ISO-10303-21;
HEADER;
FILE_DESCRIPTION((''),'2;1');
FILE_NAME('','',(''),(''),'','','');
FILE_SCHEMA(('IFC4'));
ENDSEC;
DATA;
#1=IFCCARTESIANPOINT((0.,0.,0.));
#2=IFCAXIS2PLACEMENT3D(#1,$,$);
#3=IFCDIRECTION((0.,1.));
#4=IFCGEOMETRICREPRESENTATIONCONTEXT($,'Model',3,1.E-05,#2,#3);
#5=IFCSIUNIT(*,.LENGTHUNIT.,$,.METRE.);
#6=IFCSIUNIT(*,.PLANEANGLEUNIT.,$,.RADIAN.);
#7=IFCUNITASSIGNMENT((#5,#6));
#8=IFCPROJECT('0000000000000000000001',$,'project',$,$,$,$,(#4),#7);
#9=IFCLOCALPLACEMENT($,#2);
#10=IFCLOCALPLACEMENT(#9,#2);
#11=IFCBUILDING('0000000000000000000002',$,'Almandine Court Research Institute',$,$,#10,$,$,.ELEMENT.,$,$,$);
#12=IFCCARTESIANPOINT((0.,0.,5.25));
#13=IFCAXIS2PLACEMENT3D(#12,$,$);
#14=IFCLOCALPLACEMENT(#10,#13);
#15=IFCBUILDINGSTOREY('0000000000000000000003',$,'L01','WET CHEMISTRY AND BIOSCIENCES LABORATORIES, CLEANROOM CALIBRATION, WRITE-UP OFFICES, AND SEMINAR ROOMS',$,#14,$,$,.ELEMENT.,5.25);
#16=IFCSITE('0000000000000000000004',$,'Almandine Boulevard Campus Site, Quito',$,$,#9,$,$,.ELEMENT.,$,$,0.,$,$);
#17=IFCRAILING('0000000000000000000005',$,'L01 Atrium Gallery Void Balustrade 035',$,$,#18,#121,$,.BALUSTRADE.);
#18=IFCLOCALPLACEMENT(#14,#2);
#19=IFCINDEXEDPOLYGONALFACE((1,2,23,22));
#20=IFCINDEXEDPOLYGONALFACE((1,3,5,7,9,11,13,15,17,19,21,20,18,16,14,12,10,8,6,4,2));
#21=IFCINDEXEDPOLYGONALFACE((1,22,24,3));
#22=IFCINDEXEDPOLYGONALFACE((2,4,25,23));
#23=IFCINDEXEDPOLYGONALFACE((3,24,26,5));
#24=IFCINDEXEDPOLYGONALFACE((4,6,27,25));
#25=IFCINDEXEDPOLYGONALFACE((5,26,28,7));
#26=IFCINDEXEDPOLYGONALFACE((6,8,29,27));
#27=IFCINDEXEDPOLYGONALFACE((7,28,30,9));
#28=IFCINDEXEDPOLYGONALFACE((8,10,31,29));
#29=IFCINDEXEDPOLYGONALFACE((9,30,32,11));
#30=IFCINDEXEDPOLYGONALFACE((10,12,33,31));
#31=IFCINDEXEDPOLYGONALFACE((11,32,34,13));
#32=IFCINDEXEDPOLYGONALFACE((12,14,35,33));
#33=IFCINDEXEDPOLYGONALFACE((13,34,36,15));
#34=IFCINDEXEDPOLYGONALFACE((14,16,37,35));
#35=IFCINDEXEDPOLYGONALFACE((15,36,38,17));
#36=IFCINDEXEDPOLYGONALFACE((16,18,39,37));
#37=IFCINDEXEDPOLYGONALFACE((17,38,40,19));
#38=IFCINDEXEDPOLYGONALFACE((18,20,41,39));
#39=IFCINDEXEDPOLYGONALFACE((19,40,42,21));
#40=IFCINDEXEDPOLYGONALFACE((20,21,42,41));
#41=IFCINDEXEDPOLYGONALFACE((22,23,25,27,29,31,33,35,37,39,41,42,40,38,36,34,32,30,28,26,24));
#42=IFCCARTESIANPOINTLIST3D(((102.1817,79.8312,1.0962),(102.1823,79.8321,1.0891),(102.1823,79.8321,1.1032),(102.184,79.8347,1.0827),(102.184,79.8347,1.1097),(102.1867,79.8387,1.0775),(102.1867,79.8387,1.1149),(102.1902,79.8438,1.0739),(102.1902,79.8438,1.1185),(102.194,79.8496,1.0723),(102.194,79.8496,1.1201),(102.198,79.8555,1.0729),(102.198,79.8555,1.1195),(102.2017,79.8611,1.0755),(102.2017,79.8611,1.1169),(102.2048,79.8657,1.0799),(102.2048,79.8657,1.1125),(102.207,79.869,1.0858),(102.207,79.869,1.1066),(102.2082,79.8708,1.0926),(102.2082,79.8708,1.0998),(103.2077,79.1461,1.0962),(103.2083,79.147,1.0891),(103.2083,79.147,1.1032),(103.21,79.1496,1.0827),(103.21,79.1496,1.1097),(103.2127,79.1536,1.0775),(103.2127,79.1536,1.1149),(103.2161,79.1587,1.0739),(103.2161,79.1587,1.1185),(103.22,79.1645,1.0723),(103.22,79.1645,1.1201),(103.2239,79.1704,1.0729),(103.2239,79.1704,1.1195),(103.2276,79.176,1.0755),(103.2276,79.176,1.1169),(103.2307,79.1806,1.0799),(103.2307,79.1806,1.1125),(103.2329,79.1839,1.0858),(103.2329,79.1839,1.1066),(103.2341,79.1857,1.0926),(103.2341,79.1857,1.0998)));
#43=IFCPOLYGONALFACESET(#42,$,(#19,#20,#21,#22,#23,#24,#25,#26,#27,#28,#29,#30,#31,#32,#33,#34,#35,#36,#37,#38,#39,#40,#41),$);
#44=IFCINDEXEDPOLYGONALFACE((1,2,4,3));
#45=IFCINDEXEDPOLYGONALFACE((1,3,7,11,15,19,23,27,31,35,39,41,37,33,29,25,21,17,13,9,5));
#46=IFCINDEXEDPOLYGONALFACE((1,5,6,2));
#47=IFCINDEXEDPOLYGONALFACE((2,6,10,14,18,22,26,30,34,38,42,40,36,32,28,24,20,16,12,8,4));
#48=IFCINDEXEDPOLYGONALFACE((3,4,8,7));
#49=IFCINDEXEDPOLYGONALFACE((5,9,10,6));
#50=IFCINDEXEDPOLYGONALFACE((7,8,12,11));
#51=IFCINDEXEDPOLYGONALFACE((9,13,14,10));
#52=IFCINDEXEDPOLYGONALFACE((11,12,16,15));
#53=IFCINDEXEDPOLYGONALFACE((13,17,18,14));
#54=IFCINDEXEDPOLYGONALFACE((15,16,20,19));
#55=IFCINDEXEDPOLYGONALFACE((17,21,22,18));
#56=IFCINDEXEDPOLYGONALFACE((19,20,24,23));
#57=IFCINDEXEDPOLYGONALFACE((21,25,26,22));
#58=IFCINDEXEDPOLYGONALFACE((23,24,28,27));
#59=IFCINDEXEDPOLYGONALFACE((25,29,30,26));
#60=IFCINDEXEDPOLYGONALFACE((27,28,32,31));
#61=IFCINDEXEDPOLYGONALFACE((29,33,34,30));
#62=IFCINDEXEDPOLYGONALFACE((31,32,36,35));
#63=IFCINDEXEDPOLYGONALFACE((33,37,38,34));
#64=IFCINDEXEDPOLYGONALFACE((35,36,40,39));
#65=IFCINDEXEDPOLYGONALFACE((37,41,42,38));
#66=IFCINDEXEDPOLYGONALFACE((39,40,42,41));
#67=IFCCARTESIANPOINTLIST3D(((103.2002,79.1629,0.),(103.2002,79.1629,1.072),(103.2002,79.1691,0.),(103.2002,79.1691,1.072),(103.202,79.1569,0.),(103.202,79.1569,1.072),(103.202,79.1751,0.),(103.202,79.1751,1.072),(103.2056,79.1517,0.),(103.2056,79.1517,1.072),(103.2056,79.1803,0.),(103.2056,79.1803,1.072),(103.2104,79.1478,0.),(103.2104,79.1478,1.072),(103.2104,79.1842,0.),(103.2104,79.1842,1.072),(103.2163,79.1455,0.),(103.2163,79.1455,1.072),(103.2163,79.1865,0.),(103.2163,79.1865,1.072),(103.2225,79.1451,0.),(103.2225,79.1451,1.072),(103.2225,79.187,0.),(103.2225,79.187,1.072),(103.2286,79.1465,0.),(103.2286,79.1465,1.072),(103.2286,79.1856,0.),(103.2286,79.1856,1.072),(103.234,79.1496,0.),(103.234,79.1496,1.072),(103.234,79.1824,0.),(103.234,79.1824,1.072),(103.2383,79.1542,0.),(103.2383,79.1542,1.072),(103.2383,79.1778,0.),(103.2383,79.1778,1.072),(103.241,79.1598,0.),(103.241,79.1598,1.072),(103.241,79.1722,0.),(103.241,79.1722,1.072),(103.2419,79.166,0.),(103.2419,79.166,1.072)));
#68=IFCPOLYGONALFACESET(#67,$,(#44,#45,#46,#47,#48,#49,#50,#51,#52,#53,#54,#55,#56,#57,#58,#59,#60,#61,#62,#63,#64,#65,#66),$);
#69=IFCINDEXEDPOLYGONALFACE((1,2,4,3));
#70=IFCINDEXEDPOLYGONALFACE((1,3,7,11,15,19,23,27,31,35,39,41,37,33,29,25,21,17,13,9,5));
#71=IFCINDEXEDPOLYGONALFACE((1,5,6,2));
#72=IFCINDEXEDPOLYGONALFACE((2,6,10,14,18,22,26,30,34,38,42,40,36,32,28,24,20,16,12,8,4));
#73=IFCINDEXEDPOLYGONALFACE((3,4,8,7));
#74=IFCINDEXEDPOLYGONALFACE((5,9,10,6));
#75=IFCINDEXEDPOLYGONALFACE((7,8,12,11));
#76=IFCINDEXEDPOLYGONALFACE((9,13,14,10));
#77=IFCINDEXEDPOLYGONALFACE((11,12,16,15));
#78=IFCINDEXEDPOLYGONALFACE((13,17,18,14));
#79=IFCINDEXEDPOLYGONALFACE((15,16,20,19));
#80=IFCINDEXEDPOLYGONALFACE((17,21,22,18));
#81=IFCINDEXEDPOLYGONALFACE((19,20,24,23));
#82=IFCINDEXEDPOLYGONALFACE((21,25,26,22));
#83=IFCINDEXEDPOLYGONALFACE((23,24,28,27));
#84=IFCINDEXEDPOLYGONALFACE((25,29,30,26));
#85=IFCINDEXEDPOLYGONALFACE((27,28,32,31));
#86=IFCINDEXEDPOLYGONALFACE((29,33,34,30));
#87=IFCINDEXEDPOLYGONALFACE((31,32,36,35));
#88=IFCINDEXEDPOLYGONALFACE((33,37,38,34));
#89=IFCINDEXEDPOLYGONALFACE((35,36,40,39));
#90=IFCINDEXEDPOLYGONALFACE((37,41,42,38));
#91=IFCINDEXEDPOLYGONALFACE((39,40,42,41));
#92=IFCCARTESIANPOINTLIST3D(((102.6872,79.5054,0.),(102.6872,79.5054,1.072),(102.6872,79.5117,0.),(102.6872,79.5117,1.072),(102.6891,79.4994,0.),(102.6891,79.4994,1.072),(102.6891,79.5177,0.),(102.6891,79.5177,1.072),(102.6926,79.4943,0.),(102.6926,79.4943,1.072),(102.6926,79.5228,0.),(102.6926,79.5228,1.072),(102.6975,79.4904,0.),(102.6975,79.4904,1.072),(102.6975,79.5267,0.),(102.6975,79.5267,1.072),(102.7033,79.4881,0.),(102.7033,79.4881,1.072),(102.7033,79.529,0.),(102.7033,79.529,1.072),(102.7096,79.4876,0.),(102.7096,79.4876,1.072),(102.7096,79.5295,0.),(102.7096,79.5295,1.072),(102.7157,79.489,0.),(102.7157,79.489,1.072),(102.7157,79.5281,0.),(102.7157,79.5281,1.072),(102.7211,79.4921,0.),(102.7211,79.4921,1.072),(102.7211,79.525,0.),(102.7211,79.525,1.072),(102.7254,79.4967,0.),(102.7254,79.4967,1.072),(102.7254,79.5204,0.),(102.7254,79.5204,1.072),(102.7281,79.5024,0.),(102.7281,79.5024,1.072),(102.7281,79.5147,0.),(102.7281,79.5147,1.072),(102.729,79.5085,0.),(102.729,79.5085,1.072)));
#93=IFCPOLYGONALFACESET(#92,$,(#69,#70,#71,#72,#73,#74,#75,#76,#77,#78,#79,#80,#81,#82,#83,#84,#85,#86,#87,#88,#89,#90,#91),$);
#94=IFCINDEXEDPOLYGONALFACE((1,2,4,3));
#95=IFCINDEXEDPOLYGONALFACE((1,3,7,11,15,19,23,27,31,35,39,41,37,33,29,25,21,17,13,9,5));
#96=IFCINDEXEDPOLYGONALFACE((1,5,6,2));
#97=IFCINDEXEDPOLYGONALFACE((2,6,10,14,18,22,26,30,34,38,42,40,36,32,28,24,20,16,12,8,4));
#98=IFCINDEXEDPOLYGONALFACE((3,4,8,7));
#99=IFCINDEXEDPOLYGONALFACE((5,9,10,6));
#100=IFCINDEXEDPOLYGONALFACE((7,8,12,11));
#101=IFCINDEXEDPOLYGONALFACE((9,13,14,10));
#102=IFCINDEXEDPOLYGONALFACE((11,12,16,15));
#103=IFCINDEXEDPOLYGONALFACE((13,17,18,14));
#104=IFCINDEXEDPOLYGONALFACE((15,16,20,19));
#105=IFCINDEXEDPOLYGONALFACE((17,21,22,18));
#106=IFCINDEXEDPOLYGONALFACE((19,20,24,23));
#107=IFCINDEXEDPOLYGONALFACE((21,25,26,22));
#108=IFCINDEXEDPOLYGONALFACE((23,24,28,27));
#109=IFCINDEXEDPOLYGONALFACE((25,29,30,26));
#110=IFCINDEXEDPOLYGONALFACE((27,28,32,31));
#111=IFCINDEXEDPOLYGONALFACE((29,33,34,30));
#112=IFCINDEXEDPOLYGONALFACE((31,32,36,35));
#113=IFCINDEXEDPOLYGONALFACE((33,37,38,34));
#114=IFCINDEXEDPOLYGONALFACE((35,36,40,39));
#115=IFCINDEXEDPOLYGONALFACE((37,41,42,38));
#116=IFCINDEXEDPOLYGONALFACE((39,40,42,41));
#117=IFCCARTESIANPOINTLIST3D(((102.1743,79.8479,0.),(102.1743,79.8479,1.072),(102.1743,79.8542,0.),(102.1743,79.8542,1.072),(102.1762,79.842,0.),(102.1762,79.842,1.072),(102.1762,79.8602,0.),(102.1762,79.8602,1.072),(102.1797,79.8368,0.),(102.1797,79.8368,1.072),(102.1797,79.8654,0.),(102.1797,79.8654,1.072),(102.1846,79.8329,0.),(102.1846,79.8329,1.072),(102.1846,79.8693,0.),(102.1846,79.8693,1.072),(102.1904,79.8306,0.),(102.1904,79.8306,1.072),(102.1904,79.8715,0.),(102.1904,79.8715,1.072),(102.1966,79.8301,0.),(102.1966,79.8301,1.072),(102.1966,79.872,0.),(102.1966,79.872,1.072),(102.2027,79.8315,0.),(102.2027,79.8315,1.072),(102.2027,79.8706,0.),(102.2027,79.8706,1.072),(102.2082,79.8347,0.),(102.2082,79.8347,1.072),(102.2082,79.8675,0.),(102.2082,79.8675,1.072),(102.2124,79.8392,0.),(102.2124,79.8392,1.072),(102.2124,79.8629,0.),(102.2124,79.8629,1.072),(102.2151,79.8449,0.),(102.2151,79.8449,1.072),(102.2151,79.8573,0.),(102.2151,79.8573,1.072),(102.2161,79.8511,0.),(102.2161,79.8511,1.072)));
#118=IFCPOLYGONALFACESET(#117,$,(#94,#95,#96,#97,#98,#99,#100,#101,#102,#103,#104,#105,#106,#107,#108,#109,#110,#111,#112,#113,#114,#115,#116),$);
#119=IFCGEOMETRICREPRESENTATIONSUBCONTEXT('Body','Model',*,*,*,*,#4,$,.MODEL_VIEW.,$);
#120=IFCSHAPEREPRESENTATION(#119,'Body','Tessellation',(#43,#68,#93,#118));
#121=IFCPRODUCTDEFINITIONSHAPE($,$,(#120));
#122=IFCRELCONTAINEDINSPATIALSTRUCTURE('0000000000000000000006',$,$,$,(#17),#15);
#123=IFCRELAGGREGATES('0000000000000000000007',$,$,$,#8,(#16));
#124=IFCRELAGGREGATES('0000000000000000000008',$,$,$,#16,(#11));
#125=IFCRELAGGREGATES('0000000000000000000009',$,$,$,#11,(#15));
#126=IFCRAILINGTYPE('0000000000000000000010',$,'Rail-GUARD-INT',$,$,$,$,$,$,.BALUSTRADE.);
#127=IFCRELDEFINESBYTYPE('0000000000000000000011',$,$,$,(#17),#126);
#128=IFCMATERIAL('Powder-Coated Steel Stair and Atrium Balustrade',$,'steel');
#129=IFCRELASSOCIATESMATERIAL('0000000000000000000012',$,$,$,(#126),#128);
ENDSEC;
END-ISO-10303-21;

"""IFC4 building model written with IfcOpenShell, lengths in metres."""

from ifc_helpers import new_model, si_unit, direction, frame, origin, origin_2d, place, context, subcontext, project, spatial, circle, extrude, material, type_object, element, save


model = new_model("IFC4")

# Units and contexts
model_context = context("Model", 3, precision=1e-05, world=origin(), true_north=direction((0.0, 1.0)))
body_context = subcontext(model_context, "Body", "Model", "MODEL_VIEW")
ifc_project = project(units=[si_unit("LENGTHUNIT", "METRE"), si_unit("PLANEANGLEUNIT", "RADIAN")], contexts=[model_context])

# Site, building, storey
site_placement = place(None, origin())
site = spatial("IfcSite", under=ifc_project, at=site_placement, Name="Almandine Boulevard Campus Site, Quito", CompositionType="ELEMENT", RefElevation=0.0)
building_placement = place(site_placement, origin())
building = spatial("IfcBuilding", under=site, at=building_placement, Name="Almandine Court Research Institute", CompositionType="ELEMENT")
storey_placement = place(building_placement, frame((0.0, 0.0, 5.25)))
storey = spatial("IfcBuildingStorey", under=building, at=storey_placement, Name="L01", Description="WET CHEMISTRY AND BIOSCIENCES LABORATORIES, CLEANROOM CALIBRATION, WRITE-UP OFFICES, AND SEMINAR ROOMS", CompositionType="ELEMENT", Elevation=5.25)

# Railing
ifc_material_1 = material(Name="Powder-Coated Steel Stair and Atrium Balustrade", Category="steel")
railing_type = type_object("IfcRailingType", Name="Rail-GUARD-INT", PredefinedType="BALUSTRADE", material=ifc_material_1)
railing_1_placement = place(storey_placement, frame((103.2209, 79.166, 0.0)))
element("IfcRailing", 1, at=railing_1_placement, inside=storey, type_object=railing_type, Name="L01 Atrium Gallery Void Balustrade 035", PredefinedType="BALUSTRADE", context=body_context, shape_type="SweptSolid", body=[
    extrude(circle(Radius=0.0239, at=origin_2d()), frame((0.0, 0.0, 1.0962), z_axis=(-0.831624, 0.555339, 0.0), x_axis=(-0.555339, -0.831624, 0.0)), (0.0, 0.0, 1.0), 1.2336),
    extrude(circle(Radius=0.021, at=origin_2d()), origin(), (0.0, 0.0, 1.0), 1.072),
    extrude(circle(Radius=0.021, at=origin_2d()), frame((-0.5129, 0.3425, 0.0)), (0.0, 0.0, 1.0), 1.072),
    extrude(circle(Radius=0.021, at=origin_2d()), frame((-1.0259, 0.6851, 0.0)), (0.0, 0.0, 1.0), 1.072),
])

save(model, "model.ifc")
